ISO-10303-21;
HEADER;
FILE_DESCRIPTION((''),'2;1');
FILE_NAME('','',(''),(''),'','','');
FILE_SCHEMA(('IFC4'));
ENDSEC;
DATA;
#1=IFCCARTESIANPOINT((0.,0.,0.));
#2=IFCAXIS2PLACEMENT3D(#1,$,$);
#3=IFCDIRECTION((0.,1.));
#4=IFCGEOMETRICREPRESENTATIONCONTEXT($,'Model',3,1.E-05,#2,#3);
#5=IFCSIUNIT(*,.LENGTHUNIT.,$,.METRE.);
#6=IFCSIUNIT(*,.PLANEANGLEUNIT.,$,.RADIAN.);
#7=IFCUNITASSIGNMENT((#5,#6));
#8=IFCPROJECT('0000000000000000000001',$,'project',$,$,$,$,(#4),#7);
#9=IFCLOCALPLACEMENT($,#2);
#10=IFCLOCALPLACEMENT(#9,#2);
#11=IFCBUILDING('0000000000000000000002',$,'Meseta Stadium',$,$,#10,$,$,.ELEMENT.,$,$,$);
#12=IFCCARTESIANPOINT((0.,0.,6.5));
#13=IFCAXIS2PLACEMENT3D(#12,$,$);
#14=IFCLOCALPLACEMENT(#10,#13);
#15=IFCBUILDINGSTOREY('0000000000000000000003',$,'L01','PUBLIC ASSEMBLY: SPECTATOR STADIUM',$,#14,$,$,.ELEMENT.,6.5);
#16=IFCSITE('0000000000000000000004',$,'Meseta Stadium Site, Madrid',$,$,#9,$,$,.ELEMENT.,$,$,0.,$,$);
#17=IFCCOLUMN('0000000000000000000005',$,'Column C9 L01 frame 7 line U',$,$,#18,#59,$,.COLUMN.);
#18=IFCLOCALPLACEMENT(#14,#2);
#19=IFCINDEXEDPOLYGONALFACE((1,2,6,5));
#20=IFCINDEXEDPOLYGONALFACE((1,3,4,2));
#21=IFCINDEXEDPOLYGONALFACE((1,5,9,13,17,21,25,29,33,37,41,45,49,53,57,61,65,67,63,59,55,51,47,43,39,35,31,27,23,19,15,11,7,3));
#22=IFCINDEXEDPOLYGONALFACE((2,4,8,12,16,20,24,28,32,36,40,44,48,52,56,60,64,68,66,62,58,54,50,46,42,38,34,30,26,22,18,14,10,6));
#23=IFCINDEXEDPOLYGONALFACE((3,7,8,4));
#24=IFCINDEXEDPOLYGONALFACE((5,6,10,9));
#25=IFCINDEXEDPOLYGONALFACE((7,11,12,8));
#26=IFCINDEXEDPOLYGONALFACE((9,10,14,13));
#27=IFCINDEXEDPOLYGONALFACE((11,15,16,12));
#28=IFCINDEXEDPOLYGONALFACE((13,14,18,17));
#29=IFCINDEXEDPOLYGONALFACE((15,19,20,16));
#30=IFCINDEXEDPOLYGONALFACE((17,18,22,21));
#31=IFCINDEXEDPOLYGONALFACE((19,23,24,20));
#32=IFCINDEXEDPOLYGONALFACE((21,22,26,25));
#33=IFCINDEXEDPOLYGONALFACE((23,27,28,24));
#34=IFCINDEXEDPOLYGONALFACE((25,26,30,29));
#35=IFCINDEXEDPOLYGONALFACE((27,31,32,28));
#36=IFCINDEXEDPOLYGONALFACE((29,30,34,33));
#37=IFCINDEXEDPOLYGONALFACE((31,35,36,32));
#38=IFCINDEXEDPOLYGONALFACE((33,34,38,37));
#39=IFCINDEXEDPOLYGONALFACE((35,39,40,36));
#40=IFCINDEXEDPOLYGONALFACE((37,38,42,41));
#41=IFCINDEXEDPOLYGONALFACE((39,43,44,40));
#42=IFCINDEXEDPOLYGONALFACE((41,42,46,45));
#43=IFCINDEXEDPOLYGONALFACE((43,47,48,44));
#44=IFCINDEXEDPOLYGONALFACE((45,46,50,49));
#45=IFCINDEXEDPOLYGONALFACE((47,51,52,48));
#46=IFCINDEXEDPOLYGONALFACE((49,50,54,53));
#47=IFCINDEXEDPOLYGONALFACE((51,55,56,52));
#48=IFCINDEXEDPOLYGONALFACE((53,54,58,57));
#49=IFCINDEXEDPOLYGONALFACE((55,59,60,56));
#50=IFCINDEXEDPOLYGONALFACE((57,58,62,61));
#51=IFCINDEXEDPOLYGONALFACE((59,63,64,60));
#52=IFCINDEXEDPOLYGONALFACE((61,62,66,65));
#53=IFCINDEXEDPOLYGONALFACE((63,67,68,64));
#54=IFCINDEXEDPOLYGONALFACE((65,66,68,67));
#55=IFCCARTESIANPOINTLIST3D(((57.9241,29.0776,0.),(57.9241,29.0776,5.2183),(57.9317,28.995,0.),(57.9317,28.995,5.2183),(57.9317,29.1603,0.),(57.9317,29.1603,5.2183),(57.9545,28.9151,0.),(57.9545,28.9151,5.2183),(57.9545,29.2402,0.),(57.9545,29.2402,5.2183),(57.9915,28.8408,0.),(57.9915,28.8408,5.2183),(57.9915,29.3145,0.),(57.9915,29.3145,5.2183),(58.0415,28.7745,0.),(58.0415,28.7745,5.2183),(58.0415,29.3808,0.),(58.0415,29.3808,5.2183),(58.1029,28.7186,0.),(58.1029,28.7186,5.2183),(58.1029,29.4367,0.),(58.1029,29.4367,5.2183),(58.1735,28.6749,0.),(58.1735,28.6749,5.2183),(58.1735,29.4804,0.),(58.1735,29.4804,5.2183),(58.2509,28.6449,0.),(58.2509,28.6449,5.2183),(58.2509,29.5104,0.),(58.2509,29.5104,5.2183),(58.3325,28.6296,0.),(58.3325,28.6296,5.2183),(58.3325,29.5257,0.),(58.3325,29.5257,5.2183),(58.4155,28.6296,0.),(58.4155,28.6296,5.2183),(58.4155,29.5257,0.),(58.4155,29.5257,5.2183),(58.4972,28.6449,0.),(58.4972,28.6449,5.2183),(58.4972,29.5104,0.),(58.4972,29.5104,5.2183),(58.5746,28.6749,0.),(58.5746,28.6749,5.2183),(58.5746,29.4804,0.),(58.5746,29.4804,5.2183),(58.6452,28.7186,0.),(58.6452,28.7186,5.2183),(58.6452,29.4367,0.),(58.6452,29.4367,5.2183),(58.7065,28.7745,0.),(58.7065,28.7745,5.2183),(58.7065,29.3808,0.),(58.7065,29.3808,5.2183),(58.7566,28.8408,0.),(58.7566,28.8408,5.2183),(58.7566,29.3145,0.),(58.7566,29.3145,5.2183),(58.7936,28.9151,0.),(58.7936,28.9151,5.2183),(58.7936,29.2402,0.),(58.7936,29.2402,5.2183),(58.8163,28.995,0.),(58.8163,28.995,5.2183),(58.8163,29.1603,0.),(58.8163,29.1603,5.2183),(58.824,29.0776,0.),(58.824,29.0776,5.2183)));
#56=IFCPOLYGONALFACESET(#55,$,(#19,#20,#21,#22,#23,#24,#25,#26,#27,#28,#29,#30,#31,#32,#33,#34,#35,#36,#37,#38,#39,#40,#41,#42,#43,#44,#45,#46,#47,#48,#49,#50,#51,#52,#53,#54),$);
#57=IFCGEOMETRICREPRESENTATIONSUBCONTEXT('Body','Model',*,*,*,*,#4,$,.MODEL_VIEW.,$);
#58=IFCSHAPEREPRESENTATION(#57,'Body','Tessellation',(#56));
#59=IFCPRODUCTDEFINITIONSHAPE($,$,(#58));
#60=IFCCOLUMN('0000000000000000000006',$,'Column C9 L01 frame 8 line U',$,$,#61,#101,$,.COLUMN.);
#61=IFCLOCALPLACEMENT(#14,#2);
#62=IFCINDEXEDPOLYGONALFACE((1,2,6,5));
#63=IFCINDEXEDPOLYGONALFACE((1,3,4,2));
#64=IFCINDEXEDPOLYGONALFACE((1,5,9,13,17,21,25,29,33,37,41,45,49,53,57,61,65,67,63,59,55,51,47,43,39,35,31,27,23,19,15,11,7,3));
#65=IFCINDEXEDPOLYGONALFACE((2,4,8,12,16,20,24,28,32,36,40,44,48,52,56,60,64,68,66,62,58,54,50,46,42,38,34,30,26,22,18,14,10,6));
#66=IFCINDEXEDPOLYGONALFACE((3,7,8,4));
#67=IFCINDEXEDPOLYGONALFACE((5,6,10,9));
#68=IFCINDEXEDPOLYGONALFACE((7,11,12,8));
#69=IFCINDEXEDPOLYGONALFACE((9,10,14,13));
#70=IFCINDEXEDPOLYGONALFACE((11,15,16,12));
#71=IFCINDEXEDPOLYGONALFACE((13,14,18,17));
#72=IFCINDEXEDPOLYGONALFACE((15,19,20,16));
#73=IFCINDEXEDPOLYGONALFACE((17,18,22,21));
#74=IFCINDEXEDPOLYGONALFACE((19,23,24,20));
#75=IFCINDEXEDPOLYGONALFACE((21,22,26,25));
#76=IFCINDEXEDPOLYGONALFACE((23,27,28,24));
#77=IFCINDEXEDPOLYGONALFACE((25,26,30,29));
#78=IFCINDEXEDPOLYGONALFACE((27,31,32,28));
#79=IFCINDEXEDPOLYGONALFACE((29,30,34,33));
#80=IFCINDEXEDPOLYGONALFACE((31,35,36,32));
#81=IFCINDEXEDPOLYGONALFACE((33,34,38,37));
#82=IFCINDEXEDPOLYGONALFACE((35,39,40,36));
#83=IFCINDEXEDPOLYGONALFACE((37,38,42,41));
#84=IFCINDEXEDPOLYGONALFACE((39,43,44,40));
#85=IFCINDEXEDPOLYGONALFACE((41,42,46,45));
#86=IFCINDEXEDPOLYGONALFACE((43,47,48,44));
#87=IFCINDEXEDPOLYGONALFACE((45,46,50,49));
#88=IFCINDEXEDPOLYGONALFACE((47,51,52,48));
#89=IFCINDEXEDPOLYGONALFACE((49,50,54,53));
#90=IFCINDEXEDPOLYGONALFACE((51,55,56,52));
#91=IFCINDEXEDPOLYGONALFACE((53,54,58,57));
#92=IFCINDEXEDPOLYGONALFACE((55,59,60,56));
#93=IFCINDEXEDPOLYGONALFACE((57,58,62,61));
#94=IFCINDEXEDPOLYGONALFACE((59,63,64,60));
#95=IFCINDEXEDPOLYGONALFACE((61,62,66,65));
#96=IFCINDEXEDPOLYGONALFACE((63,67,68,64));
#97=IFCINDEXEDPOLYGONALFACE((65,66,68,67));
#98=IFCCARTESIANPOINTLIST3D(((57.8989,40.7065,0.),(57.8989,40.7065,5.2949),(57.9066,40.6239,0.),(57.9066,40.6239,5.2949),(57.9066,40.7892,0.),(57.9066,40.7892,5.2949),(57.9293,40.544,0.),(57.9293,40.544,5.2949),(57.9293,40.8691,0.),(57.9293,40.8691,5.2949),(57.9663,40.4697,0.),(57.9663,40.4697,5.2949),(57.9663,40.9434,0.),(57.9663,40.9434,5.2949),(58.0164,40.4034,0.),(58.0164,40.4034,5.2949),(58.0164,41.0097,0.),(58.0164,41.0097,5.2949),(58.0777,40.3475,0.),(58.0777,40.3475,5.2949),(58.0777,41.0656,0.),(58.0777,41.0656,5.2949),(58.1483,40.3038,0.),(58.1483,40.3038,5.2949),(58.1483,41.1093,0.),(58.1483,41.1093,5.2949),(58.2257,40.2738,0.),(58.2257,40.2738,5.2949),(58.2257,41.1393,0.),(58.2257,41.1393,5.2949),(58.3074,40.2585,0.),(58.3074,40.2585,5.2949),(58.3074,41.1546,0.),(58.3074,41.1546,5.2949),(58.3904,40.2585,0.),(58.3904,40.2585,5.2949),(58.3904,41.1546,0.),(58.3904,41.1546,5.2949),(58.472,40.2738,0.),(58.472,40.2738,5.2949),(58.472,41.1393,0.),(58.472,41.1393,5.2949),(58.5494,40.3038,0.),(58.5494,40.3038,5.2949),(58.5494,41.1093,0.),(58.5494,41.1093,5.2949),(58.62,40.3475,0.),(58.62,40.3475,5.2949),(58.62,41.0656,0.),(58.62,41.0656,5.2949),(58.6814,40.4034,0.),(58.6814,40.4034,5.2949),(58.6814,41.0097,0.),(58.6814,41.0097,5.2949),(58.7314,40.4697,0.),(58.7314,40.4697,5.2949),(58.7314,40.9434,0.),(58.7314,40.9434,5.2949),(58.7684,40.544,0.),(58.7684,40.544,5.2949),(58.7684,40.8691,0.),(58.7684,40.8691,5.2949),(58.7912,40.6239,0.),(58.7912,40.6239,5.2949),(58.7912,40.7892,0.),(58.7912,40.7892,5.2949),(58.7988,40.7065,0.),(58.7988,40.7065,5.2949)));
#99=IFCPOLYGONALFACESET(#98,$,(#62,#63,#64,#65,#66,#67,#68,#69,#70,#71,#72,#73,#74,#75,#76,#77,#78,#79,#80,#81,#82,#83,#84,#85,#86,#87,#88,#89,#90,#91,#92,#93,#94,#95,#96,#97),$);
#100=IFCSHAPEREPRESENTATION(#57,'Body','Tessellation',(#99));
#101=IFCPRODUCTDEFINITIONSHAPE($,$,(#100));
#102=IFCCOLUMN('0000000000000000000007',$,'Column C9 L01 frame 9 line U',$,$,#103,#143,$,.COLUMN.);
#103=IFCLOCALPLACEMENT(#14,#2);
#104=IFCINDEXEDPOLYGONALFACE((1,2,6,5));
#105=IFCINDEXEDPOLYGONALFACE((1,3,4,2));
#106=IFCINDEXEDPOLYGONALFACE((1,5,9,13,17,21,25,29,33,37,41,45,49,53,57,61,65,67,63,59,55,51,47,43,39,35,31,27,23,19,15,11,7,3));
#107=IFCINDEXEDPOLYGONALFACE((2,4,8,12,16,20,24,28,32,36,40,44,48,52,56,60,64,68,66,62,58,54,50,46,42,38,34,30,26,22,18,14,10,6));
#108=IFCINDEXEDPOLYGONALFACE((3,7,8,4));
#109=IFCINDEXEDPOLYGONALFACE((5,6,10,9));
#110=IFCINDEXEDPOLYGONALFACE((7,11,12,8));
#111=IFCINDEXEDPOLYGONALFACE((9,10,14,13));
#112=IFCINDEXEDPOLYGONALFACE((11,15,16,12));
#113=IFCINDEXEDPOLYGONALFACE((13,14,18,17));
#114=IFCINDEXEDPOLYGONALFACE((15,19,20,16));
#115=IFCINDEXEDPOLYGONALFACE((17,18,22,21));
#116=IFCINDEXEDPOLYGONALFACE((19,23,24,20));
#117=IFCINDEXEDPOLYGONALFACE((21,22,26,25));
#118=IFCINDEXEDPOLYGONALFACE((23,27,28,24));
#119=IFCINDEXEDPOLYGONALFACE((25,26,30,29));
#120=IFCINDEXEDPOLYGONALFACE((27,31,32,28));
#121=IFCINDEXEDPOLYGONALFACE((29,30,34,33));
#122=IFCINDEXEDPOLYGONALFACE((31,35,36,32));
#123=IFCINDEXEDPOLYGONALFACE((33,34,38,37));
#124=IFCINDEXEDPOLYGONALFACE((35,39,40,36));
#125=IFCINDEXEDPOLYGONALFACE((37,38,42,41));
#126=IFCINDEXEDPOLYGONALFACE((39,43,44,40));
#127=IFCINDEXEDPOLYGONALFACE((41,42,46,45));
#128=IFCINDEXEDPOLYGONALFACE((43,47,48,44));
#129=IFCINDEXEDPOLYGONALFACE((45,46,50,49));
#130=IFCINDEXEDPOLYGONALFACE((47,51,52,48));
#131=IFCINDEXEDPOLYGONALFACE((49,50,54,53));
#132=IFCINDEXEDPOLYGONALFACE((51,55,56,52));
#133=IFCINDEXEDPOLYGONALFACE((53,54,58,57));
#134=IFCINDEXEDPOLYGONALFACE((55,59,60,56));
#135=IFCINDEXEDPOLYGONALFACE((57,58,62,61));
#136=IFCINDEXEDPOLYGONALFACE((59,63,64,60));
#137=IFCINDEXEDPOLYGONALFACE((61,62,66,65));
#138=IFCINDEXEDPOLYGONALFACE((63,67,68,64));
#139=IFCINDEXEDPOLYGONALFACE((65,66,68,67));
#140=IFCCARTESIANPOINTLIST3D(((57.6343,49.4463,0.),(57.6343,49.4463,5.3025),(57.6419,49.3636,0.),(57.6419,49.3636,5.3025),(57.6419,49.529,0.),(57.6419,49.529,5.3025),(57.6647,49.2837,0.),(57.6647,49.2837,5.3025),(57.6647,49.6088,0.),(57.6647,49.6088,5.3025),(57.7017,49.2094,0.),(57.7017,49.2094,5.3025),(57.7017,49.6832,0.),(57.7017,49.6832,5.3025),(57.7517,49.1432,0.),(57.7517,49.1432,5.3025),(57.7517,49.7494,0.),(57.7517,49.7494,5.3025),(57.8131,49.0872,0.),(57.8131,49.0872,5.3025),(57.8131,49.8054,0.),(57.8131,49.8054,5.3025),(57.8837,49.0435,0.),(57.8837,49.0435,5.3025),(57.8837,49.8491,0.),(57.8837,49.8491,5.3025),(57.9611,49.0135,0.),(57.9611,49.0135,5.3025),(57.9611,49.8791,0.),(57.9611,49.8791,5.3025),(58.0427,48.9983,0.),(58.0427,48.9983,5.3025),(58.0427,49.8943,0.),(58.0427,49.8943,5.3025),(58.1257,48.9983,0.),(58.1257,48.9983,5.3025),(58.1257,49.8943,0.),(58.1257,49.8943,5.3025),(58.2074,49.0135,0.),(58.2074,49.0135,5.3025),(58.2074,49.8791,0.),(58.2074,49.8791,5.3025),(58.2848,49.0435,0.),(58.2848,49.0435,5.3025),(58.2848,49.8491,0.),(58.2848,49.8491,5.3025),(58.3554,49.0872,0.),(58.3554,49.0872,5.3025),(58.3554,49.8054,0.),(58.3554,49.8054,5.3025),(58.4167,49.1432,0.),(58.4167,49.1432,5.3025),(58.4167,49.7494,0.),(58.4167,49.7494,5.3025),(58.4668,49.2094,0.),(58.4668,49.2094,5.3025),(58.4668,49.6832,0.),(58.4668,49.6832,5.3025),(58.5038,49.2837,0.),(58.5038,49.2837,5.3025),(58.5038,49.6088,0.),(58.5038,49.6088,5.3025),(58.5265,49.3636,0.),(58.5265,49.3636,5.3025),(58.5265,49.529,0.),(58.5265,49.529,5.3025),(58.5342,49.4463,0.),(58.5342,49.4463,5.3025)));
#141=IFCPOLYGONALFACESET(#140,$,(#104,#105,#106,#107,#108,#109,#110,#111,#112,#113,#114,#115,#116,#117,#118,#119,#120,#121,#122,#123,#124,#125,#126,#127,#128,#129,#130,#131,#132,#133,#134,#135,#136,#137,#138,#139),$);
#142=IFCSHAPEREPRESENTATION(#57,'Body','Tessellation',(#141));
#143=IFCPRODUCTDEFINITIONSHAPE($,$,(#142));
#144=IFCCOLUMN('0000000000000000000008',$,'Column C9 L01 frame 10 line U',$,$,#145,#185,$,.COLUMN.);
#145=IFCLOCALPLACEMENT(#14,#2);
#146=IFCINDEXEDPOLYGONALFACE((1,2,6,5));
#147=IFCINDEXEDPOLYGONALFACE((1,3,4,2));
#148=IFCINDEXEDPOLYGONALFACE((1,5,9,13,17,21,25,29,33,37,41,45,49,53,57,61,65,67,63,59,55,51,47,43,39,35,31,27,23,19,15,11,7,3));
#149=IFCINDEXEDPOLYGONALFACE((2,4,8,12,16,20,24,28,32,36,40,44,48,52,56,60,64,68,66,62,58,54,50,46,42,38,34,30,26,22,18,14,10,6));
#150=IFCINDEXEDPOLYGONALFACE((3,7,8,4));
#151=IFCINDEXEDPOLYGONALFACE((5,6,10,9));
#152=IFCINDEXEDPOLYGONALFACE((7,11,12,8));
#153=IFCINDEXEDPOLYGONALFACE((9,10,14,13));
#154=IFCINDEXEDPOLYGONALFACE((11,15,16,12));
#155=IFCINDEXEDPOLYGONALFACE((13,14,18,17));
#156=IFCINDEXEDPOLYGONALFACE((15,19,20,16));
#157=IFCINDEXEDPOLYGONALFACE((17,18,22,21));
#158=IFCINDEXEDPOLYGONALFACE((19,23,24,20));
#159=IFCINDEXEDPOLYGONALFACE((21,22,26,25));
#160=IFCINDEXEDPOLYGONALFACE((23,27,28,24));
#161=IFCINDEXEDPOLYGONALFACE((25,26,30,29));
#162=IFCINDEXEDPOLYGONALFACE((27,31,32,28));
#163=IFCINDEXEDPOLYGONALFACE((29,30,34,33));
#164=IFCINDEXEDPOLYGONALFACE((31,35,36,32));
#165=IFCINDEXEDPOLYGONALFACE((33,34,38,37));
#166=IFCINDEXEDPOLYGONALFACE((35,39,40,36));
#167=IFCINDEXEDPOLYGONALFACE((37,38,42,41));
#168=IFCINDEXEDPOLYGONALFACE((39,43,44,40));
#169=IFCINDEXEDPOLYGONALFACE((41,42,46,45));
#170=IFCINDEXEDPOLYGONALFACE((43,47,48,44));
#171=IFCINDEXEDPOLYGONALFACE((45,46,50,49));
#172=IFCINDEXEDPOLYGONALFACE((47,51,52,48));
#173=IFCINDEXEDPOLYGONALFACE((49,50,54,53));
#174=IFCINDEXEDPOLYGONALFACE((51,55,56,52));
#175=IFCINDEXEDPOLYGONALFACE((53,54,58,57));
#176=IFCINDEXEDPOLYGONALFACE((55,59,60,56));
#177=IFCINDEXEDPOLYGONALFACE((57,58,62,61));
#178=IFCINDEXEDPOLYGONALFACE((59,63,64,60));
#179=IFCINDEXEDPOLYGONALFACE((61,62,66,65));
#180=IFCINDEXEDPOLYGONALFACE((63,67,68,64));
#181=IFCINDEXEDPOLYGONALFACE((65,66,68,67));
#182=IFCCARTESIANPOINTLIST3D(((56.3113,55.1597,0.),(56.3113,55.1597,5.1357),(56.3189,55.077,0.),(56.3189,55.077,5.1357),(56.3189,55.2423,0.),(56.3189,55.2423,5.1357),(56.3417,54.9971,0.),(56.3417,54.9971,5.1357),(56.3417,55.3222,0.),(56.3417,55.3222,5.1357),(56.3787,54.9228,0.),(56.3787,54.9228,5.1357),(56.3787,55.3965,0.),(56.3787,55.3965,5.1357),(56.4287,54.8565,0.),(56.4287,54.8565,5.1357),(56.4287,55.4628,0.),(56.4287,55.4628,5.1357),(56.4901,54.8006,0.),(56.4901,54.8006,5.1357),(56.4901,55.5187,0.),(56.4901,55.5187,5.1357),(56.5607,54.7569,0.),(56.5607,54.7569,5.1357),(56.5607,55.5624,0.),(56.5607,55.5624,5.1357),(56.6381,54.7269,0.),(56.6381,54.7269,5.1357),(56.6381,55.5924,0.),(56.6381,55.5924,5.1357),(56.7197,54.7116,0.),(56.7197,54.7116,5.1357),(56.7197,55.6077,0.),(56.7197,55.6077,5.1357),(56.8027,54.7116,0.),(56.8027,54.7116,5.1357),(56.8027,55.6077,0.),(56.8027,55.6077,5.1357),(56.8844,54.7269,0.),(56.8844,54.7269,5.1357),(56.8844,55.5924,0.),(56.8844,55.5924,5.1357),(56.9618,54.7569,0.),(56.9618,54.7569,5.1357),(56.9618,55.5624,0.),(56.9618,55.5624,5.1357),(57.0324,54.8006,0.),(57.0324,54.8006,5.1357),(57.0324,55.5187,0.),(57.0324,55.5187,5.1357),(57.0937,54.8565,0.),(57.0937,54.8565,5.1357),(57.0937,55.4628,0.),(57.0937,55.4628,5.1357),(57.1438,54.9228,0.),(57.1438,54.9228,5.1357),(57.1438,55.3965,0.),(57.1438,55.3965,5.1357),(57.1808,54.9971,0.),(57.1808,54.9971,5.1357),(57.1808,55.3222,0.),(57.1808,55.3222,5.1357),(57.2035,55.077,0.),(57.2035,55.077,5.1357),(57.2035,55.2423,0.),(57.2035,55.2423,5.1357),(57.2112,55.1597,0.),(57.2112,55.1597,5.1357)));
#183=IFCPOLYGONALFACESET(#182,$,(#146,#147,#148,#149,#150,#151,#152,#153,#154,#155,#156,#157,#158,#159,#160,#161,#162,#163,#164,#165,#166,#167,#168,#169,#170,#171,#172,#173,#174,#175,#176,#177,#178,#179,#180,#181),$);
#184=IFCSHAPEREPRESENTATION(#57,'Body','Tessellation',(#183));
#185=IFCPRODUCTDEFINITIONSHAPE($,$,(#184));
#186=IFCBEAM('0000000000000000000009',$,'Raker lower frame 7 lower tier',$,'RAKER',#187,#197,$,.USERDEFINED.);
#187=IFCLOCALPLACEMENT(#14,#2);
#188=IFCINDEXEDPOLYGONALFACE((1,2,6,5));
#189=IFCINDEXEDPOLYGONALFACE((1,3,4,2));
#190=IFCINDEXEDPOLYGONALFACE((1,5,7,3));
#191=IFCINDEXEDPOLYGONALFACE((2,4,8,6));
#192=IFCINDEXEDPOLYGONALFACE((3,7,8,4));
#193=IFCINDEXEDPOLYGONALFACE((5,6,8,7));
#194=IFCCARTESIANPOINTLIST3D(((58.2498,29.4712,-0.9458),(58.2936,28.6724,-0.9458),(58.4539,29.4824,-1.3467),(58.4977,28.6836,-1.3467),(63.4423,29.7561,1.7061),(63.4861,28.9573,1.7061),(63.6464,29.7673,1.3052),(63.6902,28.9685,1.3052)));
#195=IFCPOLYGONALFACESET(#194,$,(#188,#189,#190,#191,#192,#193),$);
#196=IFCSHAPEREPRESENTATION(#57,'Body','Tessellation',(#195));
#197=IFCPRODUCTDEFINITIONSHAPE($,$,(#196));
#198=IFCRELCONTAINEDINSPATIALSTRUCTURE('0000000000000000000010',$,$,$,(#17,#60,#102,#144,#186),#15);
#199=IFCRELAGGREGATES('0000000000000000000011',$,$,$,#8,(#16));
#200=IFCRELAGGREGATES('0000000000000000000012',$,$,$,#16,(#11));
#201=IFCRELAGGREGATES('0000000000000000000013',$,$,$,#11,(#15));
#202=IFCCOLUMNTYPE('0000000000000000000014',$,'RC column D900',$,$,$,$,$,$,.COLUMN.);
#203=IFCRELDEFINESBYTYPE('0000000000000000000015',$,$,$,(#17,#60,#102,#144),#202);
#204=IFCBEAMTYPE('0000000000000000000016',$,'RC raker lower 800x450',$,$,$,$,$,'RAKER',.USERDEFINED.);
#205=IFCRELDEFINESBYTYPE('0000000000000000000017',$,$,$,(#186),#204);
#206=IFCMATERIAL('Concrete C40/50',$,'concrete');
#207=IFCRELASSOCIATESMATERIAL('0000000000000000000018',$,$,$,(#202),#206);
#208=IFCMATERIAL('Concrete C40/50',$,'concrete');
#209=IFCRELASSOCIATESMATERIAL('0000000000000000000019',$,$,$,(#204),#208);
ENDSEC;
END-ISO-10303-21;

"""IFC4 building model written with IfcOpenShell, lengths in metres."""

from ifc_helpers import new_model, si_unit, direction, frame, origin, origin_2d, place, context, subcontext, project, spatial, rectangle, circle, extrude, material, material_profile, profile_set, type_object, element, save


model = new_model("IFC4")

# Units and contexts
model_context = context("Model", 3, precision=1e-05, world=origin(), true_north=direction((0.0, 1.0)))
body_context = subcontext(model_context, "Body", "Model", "MODEL_VIEW")
ifc_project = project(units=[si_unit("LENGTHUNIT", "METRE"), si_unit("PLANEANGLEUNIT", "RADIAN")], contexts=[model_context])

# Site, building, storey
site_placement = place(None, origin())
site = spatial("IfcSite", under=ifc_project, at=site_placement, Name="Meseta Stadium Site, Madrid", CompositionType="ELEMENT", RefElevation=0.0)
building_placement = place(site_placement, origin())
building = spatial("IfcBuilding", under=site, at=building_placement, Name="Meseta Stadium", CompositionType="ELEMENT")
storey_placement = place(building_placement, frame((0.0, 0.0, 6.5)))
storey = spatial("IfcBuildingStorey", under=building, at=storey_placement, Name="L01", Description="PUBLIC ASSEMBLY: SPECTATOR STADIUM", CompositionType="ELEMENT", Elevation=6.5)

# Columns
ifc_material_1 = material(Name="Concrete C40/50", Category="concrete")
ifc_material_profile_1 = material_profile(ifc_material_1, circle(Radius=0.45, at=origin_2d()), Name="RC D900")
ifc_profile_set_1 = profile_set([ifc_material_profile_1], Name="Concrete C40/50")
column_type = type_object("IfcColumnType", Name="RC column D900", PredefinedType="COLUMN", material=ifc_profile_set_1)
column_1_placement = place(storey_placement, frame((58.374, 29.0776, 0.0), z_axis=(0.0, 0.0, 1.0), x_axis=(1.0, 0.0, 0.0)))
element("IfcColumn", 1, at=column_1_placement, inside=storey, type_object=column_type, Name="Column C9 L01 frame 7 line U", PredefinedType="COLUMN", context=body_context, shape_type="SweptSolid", body=[
    extrude(circle(Radius=0.45, at=origin_2d()), origin(), (0.0, 0.0, 1.0), 5.2183),
])
column_2_placement = place(storey_placement, frame((58.3489, 40.7065, 0.0), z_axis=(0.0, 0.0, 1.0), x_axis=(1.0, 0.0, 0.0)))
element("IfcColumn", 2, at=column_2_placement, inside=storey, type_object=column_type, Name="Column C9 L01 frame 8 line U", PredefinedType="COLUMN", context=body_context, shape_type="SweptSolid", body=[
    extrude(circle(Radius=0.45, at=origin_2d()), origin(), (0.0, 0.0, 1.0), 5.2949),
])
column_3_placement = place(storey_placement, frame((58.0842, 49.4463, 0.0), z_axis=(0.0, 0.0, 1.0), x_axis=(1.0, 0.0, 0.0)))
element("IfcColumn", 3, at=column_3_placement, inside=storey, type_object=column_type, Name="Column C9 L01 frame 9 line U", PredefinedType="COLUMN", context=body_context, shape_type="SweptSolid", body=[
    extrude(circle(Radius=0.45, at=origin_2d()), origin(), (0.0, 0.0, 1.0), 5.3025),
])
column_4_placement = place(storey_placement, frame((56.7612, 55.1597, 0.0), z_axis=(0.0, 0.0, 1.0), x_axis=(1.0, 0.0, 0.0)))
element("IfcColumn", 4, at=column_4_placement, inside=storey, type_object=column_type, Name="Column C9 L01 frame 10 line U", PredefinedType="COLUMN", context=body_context, shape_type="SweptSolid", body=[
    extrude(circle(Radius=0.45, at=origin_2d()), origin(), (0.0, 0.0, 1.0), 5.1357),
])

# Beam
ifc_material_2 = material(Name="Concrete C40/50", Category="concrete")
ifc_material_profile_2 = material_profile(ifc_material_2, rectangle(XDim=0.8, YDim=0.45, at=origin_2d()), Name="RC 800x450")
ifc_profile_set_2 = profile_set([ifc_material_profile_2], Name="Concrete C40/50")
beam_type_1 = type_object("IfcBeamType", Name="RC raker lower 800x450", ElementType="RAKER", PredefinedType="USERDEFINED", material=ifc_profile_set_2)
beam_1_placement = place(storey_placement, frame((58.3738, 29.0774, -1.1462), z_axis=(0.889514, 0.048809, 0.454293), x_axis=(-0.054789, 0.998498, 0.0)))
element("IfcBeam", 5, at=beam_1_placement, inside=storey, type_object=beam_type_1, Name="Raker lower frame 7 lower tier", ObjectType="RAKER", PredefinedType="USERDEFINED", context=body_context, shape_type="SweptSolid", body=[
    extrude(rectangle(XDim=0.8, YDim=0.45, at=origin_2d()), origin(), (0.0, 0.0, 1.0), 5.8374),
])

save(model, "model.ifc")
